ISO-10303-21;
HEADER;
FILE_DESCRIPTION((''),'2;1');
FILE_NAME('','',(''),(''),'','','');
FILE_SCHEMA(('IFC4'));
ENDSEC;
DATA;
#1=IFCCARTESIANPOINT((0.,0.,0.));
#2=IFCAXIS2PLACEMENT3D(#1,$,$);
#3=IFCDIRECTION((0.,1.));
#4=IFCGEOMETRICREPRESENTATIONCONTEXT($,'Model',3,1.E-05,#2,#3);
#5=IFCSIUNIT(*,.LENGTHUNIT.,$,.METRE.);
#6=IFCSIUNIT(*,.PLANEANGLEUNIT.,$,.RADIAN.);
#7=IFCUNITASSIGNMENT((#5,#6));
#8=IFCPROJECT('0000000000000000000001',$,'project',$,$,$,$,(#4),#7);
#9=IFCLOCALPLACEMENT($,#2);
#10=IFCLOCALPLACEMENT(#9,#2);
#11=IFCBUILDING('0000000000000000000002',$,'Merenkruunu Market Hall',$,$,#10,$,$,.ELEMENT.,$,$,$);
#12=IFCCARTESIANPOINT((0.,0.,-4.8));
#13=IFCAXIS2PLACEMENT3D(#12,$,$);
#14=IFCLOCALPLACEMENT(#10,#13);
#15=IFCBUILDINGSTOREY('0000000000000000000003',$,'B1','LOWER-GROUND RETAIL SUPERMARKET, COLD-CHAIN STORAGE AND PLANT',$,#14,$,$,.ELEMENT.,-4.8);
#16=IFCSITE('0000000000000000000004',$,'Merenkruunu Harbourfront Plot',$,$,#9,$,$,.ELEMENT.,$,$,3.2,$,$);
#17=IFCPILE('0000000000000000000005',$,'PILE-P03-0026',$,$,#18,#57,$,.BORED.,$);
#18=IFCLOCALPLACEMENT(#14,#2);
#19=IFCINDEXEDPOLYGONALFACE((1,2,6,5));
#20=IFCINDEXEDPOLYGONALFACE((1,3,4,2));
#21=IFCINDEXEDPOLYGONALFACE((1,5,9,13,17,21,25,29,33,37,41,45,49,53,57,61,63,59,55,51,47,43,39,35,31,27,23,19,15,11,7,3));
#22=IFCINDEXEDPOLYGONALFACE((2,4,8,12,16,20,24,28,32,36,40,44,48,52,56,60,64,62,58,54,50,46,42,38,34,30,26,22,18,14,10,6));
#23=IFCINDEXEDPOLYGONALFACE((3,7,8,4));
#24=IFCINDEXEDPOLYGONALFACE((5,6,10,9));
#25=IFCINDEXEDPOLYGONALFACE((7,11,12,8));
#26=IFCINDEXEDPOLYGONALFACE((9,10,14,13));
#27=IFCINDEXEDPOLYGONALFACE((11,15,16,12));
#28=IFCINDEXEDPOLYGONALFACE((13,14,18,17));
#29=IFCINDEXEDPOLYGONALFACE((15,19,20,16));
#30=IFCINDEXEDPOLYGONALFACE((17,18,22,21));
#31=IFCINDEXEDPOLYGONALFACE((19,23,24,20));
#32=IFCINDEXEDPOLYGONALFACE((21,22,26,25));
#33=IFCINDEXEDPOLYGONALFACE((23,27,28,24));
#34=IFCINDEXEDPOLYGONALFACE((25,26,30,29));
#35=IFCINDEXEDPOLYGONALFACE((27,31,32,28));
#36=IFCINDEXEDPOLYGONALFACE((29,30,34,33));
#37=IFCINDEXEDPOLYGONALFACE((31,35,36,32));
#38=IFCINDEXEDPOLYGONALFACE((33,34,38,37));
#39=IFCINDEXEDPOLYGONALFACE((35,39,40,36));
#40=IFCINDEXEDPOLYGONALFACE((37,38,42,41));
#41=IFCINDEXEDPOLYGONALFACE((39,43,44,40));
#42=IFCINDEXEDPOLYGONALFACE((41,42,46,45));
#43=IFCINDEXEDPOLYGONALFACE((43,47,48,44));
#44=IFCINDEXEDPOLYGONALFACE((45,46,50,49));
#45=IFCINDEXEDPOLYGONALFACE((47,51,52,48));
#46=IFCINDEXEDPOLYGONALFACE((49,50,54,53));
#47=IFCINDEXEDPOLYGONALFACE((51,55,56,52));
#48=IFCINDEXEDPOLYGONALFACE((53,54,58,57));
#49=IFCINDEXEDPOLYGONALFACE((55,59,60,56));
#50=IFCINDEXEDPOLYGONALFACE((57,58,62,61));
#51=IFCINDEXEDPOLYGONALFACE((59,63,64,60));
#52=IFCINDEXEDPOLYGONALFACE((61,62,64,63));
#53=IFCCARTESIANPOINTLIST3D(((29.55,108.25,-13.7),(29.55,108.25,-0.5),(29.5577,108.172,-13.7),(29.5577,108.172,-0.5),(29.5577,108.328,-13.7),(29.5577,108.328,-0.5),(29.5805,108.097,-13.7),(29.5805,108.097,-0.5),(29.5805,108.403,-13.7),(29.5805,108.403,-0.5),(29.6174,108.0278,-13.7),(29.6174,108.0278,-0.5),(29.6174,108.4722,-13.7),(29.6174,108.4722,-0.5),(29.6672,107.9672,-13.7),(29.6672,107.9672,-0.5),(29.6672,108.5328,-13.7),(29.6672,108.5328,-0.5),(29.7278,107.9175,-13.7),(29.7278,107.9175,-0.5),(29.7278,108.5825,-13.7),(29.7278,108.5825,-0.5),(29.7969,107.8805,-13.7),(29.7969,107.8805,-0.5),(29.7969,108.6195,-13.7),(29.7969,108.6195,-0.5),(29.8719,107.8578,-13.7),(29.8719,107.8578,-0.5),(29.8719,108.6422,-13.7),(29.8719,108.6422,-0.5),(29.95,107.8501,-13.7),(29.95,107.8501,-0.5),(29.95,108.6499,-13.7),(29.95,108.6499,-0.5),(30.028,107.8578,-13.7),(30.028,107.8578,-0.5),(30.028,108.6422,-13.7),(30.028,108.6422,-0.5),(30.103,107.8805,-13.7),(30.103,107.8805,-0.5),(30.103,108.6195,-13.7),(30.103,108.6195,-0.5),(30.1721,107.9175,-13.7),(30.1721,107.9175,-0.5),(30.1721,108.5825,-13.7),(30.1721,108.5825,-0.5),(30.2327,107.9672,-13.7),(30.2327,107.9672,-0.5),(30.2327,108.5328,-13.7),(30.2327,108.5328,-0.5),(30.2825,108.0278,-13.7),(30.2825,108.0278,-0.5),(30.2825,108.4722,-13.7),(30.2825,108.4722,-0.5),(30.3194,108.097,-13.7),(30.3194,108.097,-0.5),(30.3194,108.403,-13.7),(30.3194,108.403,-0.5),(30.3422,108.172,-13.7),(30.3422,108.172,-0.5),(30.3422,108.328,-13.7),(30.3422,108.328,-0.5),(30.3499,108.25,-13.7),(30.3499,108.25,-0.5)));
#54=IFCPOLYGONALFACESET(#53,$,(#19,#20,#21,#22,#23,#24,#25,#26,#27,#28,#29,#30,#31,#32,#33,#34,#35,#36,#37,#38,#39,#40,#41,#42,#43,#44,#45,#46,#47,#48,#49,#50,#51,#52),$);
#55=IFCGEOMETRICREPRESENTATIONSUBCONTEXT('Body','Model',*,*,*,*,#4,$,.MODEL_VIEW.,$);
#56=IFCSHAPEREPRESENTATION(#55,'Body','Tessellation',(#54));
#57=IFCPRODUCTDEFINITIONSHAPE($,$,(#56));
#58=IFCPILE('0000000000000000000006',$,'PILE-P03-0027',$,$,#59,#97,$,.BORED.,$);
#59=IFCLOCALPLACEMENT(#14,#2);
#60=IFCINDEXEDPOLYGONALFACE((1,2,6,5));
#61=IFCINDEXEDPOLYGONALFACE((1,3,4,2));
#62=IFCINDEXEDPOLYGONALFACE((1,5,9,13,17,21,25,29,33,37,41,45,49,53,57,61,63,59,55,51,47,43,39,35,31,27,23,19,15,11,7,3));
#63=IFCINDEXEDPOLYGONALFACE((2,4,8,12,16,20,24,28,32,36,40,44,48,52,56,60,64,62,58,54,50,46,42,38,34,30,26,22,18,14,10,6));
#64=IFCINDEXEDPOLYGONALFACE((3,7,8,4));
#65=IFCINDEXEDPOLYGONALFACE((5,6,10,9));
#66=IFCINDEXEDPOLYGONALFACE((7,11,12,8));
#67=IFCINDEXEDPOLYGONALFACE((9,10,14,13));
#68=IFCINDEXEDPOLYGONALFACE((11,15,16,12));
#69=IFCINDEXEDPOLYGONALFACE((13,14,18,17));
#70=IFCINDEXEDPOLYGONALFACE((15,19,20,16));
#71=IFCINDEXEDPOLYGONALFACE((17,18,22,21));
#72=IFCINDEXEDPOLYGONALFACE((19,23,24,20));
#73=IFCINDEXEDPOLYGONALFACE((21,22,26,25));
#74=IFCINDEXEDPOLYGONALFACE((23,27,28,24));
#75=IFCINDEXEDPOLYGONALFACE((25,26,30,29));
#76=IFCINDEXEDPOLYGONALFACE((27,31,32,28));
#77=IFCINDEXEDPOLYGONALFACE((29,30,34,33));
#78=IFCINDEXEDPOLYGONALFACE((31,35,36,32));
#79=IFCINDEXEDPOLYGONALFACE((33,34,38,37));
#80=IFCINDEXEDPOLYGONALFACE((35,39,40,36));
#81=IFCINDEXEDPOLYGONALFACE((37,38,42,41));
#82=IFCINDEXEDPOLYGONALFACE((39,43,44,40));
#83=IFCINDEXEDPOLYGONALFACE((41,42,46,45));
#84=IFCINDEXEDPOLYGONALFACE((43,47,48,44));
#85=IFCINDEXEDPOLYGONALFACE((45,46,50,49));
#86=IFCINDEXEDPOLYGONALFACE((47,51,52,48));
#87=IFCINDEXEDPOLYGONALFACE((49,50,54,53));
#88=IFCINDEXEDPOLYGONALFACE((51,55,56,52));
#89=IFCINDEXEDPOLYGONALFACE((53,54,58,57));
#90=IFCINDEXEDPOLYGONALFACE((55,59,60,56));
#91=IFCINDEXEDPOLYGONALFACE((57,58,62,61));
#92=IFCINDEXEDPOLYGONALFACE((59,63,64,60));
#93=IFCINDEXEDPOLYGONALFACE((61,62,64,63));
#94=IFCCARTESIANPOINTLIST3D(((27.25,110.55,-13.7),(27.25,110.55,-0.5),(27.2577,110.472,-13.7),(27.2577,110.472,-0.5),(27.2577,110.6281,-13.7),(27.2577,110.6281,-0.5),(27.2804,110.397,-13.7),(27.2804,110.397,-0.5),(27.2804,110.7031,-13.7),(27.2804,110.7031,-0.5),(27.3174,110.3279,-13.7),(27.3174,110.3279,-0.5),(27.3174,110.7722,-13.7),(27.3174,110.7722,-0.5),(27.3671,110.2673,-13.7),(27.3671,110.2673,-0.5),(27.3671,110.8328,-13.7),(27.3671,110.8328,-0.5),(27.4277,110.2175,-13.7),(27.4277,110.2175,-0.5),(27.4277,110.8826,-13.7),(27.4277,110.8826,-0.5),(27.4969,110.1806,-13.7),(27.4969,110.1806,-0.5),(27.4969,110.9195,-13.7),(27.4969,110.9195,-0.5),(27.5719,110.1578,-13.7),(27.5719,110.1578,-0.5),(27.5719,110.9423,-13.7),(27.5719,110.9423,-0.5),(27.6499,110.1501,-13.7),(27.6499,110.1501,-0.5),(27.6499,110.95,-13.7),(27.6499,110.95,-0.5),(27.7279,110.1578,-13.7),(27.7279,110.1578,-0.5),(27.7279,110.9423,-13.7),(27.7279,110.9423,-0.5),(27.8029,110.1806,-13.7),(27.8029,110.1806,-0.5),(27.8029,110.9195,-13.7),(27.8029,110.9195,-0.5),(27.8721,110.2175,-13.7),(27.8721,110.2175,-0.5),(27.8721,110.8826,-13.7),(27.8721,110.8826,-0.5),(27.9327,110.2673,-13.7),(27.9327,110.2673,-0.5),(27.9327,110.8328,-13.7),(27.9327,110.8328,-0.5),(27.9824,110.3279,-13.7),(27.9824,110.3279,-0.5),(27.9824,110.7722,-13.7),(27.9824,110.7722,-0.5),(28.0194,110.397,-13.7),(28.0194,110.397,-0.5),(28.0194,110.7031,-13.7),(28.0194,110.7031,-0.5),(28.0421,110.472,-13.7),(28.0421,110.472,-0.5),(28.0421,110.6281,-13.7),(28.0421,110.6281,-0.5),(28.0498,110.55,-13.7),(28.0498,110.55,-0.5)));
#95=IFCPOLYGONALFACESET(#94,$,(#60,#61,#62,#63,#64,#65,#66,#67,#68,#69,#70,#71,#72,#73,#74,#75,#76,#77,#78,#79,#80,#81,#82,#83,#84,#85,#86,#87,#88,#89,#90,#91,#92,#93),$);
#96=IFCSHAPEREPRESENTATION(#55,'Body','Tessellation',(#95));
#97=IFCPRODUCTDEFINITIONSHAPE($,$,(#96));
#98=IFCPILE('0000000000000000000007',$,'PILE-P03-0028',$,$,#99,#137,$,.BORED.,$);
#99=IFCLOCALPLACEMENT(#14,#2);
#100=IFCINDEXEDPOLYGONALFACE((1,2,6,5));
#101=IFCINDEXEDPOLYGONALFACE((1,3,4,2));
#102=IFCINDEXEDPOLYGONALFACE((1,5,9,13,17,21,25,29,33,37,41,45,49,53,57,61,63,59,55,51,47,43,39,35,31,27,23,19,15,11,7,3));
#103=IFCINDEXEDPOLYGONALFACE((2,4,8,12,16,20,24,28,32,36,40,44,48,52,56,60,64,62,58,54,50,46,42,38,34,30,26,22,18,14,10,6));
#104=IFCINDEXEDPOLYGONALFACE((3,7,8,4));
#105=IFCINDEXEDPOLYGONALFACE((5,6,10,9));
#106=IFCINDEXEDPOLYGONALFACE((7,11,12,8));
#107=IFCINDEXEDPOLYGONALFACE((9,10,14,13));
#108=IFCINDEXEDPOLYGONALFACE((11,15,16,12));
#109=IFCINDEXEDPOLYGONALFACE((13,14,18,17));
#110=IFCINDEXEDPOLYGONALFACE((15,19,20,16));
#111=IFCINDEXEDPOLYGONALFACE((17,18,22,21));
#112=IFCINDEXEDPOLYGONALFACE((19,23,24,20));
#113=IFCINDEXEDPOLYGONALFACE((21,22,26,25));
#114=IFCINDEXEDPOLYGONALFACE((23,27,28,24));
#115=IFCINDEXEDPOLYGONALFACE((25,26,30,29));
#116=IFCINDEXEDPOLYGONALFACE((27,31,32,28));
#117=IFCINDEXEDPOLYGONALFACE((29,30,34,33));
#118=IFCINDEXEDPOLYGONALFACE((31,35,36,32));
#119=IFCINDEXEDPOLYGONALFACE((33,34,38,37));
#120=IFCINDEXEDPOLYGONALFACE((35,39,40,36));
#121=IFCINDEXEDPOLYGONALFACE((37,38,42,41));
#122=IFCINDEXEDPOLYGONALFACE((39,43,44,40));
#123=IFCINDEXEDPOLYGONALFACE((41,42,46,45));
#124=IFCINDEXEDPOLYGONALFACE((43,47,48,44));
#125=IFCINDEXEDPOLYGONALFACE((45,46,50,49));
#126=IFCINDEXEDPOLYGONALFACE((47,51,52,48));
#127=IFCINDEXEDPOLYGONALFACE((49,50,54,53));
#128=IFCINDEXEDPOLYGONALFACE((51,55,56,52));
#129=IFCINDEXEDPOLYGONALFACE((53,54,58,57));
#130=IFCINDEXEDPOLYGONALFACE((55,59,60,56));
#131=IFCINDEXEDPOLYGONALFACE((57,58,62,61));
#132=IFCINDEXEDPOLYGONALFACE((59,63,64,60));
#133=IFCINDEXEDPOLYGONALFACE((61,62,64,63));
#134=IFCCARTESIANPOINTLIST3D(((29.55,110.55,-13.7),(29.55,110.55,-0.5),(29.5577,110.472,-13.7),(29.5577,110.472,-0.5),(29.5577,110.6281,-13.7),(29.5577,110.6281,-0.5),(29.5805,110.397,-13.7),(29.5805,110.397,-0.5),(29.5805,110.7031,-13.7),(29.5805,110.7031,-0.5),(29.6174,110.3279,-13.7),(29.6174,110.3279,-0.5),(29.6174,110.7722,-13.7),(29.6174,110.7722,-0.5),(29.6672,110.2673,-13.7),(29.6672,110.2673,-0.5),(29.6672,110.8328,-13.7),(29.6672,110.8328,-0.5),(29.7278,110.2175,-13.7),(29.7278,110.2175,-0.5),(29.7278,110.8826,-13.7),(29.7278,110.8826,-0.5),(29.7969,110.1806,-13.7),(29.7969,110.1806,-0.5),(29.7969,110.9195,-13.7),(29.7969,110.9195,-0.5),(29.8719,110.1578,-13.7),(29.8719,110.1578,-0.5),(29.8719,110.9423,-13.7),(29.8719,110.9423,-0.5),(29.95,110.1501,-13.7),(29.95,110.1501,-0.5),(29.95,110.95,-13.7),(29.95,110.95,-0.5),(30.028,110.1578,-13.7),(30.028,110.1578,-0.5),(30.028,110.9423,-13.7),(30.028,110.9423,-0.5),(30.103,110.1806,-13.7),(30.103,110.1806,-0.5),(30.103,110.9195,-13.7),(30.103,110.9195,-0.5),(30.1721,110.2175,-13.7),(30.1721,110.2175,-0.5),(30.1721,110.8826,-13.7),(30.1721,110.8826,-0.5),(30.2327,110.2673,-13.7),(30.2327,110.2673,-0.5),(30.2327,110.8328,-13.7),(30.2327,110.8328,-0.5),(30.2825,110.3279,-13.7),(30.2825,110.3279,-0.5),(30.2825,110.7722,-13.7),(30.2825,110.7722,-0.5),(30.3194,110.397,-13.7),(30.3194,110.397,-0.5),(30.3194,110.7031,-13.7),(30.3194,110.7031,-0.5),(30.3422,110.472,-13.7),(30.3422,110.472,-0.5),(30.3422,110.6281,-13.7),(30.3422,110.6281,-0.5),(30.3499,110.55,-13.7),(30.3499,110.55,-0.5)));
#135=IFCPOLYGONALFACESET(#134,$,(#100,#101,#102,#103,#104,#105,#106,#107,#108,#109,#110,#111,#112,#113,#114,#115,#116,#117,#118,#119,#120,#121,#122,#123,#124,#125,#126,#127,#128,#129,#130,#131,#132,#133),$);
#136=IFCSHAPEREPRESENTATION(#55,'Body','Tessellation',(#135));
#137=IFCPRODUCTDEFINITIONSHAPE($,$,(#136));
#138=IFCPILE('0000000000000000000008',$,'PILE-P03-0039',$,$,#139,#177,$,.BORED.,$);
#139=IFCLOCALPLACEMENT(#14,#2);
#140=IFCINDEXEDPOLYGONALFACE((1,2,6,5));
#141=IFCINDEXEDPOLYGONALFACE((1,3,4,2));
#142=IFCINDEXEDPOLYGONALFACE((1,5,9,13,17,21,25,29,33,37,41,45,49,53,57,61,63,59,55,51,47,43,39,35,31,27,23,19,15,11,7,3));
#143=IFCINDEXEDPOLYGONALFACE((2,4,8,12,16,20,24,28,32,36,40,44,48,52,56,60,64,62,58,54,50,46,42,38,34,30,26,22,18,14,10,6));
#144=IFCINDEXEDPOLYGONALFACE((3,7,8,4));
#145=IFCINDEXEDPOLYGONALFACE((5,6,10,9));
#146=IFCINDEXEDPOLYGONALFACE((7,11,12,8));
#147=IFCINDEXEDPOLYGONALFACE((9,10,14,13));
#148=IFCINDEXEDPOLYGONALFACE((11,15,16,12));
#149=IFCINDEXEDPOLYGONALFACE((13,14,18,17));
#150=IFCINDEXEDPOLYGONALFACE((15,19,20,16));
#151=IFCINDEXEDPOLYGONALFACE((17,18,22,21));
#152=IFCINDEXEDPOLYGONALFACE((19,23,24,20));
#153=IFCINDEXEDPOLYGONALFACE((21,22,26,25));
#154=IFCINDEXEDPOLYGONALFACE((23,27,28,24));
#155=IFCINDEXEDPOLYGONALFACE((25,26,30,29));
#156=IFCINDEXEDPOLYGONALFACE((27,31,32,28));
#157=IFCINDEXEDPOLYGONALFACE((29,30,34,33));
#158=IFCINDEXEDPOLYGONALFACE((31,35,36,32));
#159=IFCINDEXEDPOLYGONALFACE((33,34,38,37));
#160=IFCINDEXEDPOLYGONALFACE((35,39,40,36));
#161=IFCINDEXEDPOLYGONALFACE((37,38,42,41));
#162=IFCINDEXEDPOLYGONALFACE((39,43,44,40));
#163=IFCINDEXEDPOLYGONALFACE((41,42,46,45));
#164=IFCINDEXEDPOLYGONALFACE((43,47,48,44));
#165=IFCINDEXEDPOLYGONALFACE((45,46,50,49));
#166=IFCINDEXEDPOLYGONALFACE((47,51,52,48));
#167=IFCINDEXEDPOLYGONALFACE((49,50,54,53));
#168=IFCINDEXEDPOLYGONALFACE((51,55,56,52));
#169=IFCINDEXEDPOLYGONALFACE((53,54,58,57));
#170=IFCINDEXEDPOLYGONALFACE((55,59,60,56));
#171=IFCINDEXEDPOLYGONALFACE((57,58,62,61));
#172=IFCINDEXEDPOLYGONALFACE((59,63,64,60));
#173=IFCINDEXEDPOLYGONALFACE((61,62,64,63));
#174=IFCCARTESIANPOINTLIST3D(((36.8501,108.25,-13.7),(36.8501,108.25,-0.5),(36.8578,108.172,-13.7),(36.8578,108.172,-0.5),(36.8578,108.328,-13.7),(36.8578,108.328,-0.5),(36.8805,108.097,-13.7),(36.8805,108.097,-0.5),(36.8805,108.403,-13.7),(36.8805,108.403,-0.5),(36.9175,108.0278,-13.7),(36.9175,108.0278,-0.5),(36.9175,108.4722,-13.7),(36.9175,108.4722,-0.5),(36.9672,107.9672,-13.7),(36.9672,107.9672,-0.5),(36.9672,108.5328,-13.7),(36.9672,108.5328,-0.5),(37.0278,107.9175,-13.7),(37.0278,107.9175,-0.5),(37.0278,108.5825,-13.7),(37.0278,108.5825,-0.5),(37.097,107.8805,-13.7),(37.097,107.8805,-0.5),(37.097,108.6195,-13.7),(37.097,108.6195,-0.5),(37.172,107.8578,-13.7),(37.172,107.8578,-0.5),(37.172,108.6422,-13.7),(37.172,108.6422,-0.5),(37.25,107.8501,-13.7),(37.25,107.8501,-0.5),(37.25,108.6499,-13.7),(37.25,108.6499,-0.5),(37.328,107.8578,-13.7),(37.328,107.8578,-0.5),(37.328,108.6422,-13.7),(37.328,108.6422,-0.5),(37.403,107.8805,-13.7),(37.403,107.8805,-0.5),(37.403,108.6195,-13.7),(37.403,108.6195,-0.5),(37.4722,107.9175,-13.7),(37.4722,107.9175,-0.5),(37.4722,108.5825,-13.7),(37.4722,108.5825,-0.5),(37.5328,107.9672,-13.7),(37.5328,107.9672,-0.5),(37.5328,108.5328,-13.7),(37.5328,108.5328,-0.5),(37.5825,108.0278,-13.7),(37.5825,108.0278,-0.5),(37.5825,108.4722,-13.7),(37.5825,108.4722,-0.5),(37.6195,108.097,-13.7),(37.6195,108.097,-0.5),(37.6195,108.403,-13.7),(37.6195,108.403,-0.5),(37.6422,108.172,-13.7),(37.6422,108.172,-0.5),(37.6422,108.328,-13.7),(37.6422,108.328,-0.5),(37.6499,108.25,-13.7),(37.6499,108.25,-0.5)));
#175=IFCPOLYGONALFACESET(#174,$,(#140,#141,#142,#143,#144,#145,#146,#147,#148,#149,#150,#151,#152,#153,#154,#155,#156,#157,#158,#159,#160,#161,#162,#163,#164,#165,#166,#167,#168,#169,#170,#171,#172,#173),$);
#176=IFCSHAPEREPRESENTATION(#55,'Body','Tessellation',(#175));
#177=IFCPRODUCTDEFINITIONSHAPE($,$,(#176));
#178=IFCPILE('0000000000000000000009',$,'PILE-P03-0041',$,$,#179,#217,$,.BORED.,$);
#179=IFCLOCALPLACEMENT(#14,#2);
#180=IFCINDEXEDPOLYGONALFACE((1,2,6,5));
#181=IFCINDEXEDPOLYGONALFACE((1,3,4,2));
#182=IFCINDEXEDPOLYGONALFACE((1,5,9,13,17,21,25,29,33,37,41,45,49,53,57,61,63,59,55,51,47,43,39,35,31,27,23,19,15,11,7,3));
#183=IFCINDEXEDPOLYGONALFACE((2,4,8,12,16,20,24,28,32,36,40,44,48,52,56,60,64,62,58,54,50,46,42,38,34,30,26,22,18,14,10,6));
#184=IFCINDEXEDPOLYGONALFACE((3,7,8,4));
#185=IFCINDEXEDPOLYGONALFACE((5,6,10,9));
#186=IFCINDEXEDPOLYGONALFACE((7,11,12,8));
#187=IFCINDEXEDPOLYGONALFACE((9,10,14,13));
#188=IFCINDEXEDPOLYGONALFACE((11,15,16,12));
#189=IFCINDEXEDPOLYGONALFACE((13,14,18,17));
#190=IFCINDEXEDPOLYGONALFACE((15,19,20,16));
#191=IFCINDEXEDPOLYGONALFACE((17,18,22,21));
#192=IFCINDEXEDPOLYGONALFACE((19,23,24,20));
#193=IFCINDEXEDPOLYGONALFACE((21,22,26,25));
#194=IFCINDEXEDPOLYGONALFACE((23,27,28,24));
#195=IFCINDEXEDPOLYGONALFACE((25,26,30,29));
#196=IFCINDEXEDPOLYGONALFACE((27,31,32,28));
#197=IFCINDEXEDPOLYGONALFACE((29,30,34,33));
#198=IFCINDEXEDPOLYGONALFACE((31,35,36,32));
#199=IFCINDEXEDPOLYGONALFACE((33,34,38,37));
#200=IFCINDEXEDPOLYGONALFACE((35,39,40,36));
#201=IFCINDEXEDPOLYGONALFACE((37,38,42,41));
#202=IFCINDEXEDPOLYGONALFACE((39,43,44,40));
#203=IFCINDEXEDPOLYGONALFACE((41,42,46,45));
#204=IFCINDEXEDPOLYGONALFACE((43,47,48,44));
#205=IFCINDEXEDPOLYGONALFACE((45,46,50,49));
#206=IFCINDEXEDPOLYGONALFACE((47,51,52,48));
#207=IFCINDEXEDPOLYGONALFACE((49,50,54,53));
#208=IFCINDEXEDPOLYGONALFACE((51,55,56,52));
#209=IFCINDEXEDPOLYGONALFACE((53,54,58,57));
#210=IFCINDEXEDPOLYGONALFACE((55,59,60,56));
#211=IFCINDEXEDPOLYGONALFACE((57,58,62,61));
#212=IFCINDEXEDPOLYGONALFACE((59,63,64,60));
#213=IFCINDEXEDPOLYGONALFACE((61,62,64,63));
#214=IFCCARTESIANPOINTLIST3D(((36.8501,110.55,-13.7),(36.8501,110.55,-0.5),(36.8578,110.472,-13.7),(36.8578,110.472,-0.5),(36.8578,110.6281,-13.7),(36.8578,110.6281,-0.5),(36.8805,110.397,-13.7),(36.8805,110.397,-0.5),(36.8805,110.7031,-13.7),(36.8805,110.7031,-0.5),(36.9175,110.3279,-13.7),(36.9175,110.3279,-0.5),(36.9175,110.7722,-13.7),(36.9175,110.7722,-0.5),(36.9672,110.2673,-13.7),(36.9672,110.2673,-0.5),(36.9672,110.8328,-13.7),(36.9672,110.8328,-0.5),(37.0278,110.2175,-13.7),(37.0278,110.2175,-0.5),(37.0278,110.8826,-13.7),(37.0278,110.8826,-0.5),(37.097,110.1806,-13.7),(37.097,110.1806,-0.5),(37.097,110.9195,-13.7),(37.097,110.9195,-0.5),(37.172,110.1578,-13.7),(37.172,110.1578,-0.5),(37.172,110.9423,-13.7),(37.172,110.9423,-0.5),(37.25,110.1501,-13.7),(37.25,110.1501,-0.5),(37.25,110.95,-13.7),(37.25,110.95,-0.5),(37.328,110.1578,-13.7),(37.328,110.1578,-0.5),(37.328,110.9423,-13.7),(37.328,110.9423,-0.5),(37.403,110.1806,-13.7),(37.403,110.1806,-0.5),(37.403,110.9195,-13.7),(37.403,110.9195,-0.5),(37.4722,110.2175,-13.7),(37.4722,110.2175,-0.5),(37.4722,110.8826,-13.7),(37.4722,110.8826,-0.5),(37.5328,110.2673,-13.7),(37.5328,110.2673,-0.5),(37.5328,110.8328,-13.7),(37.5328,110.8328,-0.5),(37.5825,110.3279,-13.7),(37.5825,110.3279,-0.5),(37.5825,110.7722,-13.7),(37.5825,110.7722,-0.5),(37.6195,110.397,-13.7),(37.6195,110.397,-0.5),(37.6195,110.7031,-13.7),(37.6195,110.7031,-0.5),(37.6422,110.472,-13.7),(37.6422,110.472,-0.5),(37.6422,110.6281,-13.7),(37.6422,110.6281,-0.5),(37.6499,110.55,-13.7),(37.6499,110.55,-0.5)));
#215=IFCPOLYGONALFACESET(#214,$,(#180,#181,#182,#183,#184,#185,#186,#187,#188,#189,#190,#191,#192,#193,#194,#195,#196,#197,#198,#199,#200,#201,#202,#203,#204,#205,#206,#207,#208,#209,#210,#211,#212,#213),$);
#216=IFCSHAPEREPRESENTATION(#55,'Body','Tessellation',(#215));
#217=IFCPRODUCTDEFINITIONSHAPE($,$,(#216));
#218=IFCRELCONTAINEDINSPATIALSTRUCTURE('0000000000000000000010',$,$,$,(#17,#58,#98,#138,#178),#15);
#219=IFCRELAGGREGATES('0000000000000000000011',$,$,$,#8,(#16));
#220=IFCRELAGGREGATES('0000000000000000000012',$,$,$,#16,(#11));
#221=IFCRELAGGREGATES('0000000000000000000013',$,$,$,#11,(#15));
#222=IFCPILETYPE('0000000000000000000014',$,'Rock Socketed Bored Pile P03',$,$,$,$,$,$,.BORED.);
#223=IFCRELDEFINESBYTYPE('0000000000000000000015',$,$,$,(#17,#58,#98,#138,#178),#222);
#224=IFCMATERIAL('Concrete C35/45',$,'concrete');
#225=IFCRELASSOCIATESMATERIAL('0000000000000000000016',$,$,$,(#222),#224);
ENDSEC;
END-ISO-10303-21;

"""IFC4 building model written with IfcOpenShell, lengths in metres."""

from ifc_helpers import new_model, si_unit, direction, frame, origin, origin_2d, place, context, subcontext, project, spatial, circle, extrude, material, material_profile, profile_set, type_object, element, save


model = new_model("IFC4")

# Units and contexts
model_context = context("Model", 3, precision=1e-05, world=origin(), true_north=direction((0.0, 1.0)))
body_context = subcontext(model_context, "Body", "Model", "MODEL_VIEW")
ifc_project = project(units=[si_unit("LENGTHUNIT", "METRE"), si_unit("PLANEANGLEUNIT", "RADIAN")], contexts=[model_context])

# Site, building, storey
site_placement = place(None, origin())
site = spatial("IfcSite", under=ifc_project, at=site_placement, Name="Merenkruunu Harbourfront Plot", CompositionType="ELEMENT", RefElevation=3.2)
building_placement = place(site_placement, origin())
building = spatial("IfcBuilding", under=site, at=building_placement, Name="Merenkruunu Market Hall", CompositionType="ELEMENT")
storey_placement = place(building_placement, frame((0.0, 0.0, -4.8)))
storey = spatial("IfcBuildingStorey", under=building, at=storey_placement, Name="B1", Description="LOWER-GROUND RETAIL SUPERMARKET, COLD-CHAIN STORAGE AND PLANT", CompositionType="ELEMENT", Elevation=-4.8)

# Piles
ifc_material_1 = material(Name="Concrete C35/45", Category="concrete")
ifc_material_profile_1 = material_profile(ifc_material_1, circle(Radius=0.3999, at=origin_2d()), Name="BORED PILE 800")
ifc_profile_set_1 = profile_set([ifc_material_profile_1], Name="Concrete C35/45")
pile_type_1 = type_object("IfcPileType", Name="Rock Socketed Bored Pile P03", PredefinedType="BORED", material=ifc_profile_set_1)
for number, where, z_axis, x_axis, name in (
    (1, (29.95, 108.25, -0.5), (0.0, 0.0, -1.0), (1.0, 0.0, 0.0), "PILE-P03-0026"),
    (2, (27.6499, 110.55, -0.5), (0.0, 0.0, -1.0), (1.0, 0.0, 0.0), "PILE-P03-0027"),
    (3, (29.95, 110.55, -0.5), (0.0, 0.0, -1.0), (1.0, 0.0, 0.0), "PILE-P03-0028"),
    (4, (37.25, 108.25, -0.5), (0.0, 0.0, -1.0), (1.0, 0.0, 0.0), "PILE-P03-0039"),
    (5, (37.25, 110.55, -0.5), (0.0, 0.0, -1.0), (1.0, 0.0, 0.0), "PILE-P03-0041"),
):
    element("IfcPile", number, at=place(storey_placement, frame(where, z_axis=z_axis, x_axis=x_axis)), inside=storey, type_object=pile_type_1, Name=name, PredefinedType="BORED", context=body_context, shape_type="SweptSolid", body=[
        extrude(circle(Radius=0.3999, at=origin_2d()), origin(), (0.0, 0.0, 1.0), 13.2),
    ])

save(model, "model.ifc")
